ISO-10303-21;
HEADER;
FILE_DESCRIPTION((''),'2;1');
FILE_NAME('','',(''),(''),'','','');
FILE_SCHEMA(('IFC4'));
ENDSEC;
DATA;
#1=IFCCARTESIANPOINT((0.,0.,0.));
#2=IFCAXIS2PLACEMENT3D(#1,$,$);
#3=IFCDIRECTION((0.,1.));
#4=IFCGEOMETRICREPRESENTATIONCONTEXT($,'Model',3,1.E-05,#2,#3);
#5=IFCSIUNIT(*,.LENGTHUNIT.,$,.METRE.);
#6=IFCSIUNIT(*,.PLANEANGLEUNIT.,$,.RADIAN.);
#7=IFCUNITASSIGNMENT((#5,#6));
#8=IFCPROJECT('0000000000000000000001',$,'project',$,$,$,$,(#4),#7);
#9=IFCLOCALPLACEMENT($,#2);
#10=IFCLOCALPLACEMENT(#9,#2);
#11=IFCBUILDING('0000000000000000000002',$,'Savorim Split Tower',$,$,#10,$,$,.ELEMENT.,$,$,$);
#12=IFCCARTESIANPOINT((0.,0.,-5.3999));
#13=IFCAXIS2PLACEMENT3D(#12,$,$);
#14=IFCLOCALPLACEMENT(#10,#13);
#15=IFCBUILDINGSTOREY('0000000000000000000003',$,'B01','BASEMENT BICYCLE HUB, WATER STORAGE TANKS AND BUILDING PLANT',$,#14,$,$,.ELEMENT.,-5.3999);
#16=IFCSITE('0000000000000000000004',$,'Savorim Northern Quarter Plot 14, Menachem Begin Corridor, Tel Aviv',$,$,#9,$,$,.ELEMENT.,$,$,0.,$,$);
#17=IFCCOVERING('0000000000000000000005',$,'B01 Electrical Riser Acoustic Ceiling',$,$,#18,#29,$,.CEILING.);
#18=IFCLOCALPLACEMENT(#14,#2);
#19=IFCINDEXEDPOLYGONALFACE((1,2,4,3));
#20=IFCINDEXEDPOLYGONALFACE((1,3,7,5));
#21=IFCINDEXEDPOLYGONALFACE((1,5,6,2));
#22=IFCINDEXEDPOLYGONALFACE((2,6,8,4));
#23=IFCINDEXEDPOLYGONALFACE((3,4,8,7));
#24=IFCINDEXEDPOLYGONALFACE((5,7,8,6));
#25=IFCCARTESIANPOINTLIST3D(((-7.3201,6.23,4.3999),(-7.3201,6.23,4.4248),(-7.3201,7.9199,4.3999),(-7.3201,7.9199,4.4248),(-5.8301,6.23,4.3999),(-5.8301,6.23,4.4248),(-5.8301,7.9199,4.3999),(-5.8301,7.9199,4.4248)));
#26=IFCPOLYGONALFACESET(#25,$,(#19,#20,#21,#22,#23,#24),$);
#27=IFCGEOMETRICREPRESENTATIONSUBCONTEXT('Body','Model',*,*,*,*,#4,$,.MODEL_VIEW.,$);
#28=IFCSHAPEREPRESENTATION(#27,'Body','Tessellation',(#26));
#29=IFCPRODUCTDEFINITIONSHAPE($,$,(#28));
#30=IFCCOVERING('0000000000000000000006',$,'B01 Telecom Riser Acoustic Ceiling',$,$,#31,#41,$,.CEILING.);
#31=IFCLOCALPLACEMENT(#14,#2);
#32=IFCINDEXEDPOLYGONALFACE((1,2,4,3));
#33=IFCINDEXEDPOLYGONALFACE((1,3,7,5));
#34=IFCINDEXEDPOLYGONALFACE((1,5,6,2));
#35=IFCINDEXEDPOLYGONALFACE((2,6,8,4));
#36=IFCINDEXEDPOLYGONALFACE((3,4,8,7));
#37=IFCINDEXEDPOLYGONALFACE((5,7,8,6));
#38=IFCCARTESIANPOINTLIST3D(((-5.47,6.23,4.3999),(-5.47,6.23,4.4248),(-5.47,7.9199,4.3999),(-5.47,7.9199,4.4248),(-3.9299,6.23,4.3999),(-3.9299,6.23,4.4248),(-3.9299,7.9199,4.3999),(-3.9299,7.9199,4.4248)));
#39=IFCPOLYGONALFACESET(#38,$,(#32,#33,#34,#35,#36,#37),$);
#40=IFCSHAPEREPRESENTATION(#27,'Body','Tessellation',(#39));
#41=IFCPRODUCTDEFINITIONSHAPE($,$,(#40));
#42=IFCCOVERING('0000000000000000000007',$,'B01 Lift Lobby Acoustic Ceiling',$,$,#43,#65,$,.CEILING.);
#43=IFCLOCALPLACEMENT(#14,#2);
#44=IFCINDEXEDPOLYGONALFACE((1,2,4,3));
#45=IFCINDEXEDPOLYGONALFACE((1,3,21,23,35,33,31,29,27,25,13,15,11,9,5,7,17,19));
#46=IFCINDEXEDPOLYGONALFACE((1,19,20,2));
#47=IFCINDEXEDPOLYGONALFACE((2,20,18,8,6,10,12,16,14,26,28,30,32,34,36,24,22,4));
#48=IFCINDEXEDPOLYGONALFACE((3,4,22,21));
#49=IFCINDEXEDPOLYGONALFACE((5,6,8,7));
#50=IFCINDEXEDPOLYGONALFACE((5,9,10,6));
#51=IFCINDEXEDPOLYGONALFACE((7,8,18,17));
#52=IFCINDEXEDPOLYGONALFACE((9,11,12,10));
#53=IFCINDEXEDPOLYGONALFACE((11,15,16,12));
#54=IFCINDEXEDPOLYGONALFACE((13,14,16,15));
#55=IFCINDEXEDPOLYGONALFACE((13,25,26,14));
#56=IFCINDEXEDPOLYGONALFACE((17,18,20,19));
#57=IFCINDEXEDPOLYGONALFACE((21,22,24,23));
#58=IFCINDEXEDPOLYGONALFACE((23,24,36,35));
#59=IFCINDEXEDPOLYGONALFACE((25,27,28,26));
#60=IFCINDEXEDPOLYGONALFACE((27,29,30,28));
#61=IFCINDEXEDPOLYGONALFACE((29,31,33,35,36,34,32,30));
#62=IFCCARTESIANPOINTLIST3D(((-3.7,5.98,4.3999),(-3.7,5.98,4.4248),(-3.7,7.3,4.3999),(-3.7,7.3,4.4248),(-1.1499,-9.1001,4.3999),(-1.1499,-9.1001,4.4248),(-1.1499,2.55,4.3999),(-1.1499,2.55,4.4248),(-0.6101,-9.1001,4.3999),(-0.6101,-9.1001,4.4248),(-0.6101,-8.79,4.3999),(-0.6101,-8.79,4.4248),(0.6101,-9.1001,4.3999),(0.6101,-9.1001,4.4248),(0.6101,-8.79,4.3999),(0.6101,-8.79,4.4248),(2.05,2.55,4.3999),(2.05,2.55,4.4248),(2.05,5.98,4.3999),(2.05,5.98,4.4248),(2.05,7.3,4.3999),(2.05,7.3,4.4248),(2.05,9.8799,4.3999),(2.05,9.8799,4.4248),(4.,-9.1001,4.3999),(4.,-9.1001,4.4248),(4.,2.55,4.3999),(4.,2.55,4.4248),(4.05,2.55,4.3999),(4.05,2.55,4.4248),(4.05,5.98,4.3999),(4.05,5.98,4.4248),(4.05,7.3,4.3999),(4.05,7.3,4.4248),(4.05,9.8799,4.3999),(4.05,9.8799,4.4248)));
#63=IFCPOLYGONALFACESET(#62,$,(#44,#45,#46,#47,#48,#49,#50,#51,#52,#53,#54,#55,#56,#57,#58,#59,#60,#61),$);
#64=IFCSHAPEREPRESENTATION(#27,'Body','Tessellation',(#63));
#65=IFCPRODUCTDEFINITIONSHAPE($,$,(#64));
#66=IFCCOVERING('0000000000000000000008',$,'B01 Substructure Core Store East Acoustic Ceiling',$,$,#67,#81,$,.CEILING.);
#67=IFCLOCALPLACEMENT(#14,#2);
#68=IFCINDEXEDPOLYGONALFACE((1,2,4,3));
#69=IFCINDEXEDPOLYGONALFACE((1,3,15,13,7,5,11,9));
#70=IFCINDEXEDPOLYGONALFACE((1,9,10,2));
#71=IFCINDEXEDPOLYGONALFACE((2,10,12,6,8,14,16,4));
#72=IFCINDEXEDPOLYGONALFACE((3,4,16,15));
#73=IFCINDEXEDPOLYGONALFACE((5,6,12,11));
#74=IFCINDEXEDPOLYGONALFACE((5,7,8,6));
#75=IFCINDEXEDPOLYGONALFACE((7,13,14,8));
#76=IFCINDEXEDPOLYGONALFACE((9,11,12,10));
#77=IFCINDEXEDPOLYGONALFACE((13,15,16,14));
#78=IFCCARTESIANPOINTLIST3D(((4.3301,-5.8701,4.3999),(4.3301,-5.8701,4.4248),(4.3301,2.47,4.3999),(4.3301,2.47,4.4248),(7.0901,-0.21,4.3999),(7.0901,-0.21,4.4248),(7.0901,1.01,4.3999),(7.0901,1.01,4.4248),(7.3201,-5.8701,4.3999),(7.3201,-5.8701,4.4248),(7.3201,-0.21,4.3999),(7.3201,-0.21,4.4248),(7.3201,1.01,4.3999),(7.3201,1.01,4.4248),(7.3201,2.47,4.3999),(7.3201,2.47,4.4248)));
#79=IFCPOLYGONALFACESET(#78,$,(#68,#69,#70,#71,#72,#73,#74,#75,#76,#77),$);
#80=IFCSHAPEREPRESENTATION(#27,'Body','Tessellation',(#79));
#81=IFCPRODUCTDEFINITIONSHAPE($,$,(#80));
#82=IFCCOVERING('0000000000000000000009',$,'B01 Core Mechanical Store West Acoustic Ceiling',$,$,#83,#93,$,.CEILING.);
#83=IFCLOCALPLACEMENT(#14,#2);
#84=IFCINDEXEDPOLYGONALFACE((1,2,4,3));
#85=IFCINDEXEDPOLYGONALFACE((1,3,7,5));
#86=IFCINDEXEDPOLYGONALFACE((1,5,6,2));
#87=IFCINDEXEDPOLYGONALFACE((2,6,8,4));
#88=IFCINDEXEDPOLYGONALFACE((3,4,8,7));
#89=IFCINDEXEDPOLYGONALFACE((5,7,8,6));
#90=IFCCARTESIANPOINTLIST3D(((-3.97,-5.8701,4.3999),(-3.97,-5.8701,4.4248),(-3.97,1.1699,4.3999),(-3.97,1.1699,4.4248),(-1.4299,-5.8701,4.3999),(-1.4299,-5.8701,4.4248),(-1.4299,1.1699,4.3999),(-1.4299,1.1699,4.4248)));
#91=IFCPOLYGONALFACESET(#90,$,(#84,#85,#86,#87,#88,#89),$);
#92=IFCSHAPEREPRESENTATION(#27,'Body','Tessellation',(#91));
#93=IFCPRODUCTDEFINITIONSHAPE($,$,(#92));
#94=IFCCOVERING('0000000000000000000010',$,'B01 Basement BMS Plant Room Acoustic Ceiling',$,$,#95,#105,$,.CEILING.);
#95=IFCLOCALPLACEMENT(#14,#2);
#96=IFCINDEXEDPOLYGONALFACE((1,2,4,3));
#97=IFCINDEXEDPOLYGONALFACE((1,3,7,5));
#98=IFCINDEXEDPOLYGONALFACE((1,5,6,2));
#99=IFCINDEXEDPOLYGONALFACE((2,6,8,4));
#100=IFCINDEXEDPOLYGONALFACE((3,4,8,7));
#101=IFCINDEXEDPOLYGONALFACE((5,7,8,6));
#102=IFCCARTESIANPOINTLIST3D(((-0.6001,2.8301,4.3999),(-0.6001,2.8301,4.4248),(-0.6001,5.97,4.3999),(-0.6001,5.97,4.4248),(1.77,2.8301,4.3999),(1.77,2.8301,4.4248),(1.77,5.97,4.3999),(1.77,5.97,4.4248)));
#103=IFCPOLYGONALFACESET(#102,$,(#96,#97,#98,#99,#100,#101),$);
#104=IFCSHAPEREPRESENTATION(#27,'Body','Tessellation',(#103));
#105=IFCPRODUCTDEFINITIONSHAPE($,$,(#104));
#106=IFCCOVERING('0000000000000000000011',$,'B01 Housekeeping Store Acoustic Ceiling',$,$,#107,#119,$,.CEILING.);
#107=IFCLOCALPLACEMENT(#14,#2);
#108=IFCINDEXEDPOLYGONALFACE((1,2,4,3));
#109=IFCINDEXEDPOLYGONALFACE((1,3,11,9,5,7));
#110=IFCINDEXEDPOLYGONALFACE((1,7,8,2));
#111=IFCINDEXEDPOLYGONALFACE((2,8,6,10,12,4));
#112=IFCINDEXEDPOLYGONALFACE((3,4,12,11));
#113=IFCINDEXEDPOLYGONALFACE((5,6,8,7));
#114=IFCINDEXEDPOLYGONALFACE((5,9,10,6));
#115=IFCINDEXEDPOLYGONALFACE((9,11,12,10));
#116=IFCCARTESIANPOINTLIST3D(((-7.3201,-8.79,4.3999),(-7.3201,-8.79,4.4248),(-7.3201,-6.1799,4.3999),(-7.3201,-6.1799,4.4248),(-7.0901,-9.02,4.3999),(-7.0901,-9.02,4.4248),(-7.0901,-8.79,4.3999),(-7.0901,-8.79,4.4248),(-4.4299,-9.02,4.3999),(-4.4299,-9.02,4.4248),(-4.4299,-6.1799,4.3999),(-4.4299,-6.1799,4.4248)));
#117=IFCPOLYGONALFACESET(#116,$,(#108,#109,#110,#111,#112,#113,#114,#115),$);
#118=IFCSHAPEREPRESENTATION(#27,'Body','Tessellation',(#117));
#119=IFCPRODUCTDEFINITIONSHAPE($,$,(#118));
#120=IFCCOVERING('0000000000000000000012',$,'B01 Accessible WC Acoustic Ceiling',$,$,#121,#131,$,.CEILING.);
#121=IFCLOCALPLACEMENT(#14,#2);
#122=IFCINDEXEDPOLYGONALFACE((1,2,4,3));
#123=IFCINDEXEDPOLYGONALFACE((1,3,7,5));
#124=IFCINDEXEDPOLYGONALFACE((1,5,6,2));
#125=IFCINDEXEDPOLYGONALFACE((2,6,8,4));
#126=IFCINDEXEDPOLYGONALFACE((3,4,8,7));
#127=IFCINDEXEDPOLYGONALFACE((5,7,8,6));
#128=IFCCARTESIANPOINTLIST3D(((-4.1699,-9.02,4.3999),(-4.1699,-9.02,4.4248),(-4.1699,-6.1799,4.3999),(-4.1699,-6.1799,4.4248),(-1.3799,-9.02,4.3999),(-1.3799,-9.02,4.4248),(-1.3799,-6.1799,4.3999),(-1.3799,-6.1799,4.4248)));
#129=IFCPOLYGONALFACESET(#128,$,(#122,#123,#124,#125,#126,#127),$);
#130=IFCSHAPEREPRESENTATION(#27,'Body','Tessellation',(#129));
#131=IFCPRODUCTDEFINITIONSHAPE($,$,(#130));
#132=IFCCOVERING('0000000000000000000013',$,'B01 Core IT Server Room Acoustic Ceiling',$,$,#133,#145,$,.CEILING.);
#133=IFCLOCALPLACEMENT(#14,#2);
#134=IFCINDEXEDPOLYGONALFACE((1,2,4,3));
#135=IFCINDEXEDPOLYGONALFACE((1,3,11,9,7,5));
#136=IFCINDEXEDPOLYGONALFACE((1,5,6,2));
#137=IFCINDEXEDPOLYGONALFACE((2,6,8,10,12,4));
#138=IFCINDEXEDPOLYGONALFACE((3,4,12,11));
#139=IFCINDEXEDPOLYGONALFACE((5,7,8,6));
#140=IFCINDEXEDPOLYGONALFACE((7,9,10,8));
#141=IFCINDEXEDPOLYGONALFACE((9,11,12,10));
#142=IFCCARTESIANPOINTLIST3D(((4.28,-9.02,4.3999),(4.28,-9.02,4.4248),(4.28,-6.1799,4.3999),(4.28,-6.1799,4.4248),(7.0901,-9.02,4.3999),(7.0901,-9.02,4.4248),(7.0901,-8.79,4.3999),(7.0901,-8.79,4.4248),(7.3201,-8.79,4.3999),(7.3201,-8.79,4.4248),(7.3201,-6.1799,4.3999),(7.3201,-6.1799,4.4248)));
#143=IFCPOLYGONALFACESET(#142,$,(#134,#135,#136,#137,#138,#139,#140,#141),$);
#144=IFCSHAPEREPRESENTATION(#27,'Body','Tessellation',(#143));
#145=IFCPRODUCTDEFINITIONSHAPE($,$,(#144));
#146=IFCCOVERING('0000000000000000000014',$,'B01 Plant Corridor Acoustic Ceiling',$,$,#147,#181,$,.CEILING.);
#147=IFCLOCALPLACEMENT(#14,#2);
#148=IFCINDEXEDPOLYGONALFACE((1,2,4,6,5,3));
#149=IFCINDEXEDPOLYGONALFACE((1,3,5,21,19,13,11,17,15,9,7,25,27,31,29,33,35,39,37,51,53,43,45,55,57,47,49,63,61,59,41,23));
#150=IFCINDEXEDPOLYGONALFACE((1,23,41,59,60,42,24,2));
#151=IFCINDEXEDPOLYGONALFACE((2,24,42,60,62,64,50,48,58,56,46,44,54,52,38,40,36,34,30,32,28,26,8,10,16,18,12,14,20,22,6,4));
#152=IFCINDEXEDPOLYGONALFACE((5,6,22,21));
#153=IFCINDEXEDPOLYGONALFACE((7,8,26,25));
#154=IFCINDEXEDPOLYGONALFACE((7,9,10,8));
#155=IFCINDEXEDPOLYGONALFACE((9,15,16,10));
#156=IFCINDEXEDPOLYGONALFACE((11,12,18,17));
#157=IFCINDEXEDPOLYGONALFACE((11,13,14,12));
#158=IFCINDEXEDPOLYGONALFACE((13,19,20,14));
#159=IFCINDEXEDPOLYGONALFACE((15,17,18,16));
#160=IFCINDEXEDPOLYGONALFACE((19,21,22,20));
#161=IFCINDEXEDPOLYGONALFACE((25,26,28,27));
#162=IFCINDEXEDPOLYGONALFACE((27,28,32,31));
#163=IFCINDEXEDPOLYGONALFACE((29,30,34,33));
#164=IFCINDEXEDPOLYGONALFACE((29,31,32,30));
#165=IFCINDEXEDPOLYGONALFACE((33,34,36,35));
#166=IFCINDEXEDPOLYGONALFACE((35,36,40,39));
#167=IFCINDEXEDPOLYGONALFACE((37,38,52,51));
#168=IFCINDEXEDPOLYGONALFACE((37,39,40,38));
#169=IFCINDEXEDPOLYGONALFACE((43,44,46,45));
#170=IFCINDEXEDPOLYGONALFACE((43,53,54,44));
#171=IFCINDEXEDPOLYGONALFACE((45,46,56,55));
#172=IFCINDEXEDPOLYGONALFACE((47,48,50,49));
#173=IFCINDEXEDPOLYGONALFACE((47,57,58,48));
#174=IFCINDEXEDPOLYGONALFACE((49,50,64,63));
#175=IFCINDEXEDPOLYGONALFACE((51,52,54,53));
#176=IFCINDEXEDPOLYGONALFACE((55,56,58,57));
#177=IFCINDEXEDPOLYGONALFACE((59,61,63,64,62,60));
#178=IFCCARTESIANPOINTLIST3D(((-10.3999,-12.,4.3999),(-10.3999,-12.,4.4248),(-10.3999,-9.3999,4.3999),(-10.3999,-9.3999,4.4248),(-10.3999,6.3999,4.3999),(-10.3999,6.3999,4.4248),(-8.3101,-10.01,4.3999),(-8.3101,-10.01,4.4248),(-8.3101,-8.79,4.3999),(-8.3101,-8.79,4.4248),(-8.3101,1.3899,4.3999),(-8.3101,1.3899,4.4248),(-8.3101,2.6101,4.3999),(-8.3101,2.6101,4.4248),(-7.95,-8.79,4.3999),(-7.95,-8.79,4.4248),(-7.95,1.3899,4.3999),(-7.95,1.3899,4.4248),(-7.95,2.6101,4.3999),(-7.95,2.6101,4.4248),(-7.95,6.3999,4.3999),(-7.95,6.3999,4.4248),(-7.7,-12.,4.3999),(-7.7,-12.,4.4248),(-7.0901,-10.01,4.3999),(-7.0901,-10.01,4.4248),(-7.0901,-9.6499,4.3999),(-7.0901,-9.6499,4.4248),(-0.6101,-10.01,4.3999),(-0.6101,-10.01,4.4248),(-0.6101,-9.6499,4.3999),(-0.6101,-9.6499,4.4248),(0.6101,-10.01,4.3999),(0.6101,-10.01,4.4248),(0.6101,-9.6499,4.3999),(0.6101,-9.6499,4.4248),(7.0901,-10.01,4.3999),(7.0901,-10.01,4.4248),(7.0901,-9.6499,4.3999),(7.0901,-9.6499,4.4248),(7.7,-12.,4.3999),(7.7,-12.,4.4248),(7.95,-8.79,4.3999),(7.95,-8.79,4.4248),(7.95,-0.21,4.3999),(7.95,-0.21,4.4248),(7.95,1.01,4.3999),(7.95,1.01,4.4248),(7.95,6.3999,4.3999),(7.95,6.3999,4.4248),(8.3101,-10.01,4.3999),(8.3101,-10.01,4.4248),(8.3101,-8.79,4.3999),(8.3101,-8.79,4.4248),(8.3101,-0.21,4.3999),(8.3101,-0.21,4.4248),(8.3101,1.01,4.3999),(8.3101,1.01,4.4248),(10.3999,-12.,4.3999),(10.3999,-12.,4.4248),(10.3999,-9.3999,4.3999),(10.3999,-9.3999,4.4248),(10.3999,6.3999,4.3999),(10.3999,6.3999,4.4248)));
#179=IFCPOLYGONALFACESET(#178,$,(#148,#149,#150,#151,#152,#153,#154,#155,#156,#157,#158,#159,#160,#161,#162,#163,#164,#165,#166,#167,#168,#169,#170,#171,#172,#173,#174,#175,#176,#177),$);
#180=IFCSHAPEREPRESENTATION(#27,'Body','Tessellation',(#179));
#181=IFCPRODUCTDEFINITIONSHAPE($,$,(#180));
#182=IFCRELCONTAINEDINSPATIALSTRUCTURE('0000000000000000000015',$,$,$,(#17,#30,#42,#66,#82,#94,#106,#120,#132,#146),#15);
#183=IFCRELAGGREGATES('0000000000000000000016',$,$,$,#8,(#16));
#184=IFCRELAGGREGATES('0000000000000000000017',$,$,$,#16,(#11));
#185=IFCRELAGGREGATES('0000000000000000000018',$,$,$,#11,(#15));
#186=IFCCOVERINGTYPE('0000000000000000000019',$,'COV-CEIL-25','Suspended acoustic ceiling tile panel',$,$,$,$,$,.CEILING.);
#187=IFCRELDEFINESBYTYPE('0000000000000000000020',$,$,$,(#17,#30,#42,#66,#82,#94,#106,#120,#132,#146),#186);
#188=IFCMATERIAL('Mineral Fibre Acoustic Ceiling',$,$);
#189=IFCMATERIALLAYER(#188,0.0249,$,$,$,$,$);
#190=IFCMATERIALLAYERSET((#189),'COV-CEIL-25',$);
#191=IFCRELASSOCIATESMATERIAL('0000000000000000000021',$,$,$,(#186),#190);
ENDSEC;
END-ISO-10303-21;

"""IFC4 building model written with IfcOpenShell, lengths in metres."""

from ifc_helpers import new_model, si_unit, direction, frame, origin, place, context, subcontext, project, spatial, polyline, outline, extrude, material, layer, layer_set, type_object, element, save


model = new_model("IFC4")

# Units and contexts
model_context = context("Model", 3, precision=1e-05, world=origin(), true_north=direction((0.0, 1.0)))
body_context = subcontext(model_context, "Body", "Model", "MODEL_VIEW")
ifc_project = project(units=[si_unit("LENGTHUNIT", "METRE"), si_unit("PLANEANGLEUNIT", "RADIAN")], contexts=[model_context])

# Site, building, storey
site_placement = place(None, origin())
site = spatial("IfcSite", under=ifc_project, at=site_placement, Name="Savorim Northern Quarter Plot 14, Menachem Begin Corridor, Tel Aviv", CompositionType="ELEMENT", RefElevation=0.0)
building_placement = place(site_placement, origin())
building = spatial("IfcBuilding", under=site, at=building_placement, Name="Savorim Split Tower", CompositionType="ELEMENT")
storey_placement = place(building_placement, frame((0.0, 0.0, -5.3999)))
storey = spatial("IfcBuildingStorey", under=building, at=storey_placement, Name="B01", Description="BASEMENT BICYCLE HUB, WATER STORAGE TANKS AND BUILDING PLANT", CompositionType="ELEMENT", Elevation=-5.3999)

# Coverings
ifc_material_1 = material(Name="Mineral Fibre Acoustic Ceiling")
ifc_layer_1 = layer(ifc_material_1, 0.0249)
ifc_layer_set_1 = layer_set([ifc_layer_1], Name="COV-CEIL-25")
covering_type_1 = type_object("IfcCoveringType", Name="COV-CEIL-25", Description="Suspended acoustic ceiling tile panel", PredefinedType="CEILING", material=ifc_layer_set_1)
covering_1_placement = place(storey_placement, frame((0.0, 0.0, 4.3999)))
element("IfcCovering", 1, at=covering_1_placement, inside=storey, type_object=covering_type_1, Name="B01 Electrical Riser Acoustic Ceiling", PredefinedType="CEILING", context=body_context, shape_type="SweptSolid", body=[
    extrude(outline(polyline([(-7.3201, 7.9199), (-7.3201, 6.23), (-5.8301, 6.23), (-5.8301, 7.9199), (-7.3201, 7.9199)])), origin(), (0.0, 0.0, 1.0), 0.0249),
])
covering_2_placement = place(storey_placement, frame((0.0, 0.0, 4.3999)))
element("IfcCovering", 2, at=covering_2_placement, inside=storey, type_object=covering_type_1, Name="B01 Telecom Riser Acoustic Ceiling", PredefinedType="CEILING", context=body_context, shape_type="SweptSolid", body=[
    extrude(outline(polyline([(-5.47, 7.9199), (-5.47, 6.23), (-3.9299, 6.23), (-3.9299, 7.9199), (-5.47, 7.9199)])), origin(), (0.0, 0.0, 1.0), 0.0249),
])
covering_3_placement = place(storey_placement, frame((0.0, 0.0, 4.3999)))
element("IfcCovering", 3, at=covering_3_placement, inside=storey, type_object=covering_type_1, Name="B01 Lift Lobby Acoustic Ceiling", PredefinedType="CEILING", context=body_context, shape_type="SweptSolid", body=[
    extrude(outline(polyline([(2.05, 2.55), (-1.1499, 2.55), (-1.1499, -9.1001), (-0.6101, -9.1001), (-0.6101, -8.79), (0.6101, -8.79), (0.6101, -9.1001), (4.0, -9.1001), (4.0, 2.55), (4.05, 2.55), (4.05, 5.98), (4.05, 7.3), (4.05, 9.8799), (2.05, 9.8799), (2.05, 7.3), (-3.7, 7.3), (-3.7, 5.98), (2.05, 5.98), (2.05, 2.55)])), origin(), (0.0, 0.0, 1.0), 0.0249),
])
covering_4_placement = place(storey_placement, frame((0.0, 0.0, 4.3999)))
element("IfcCovering", 4, at=covering_4_placement, inside=storey, type_object=covering_type_1, Name="B01 Substructure Core Store East Acoustic Ceiling", PredefinedType="CEILING", context=body_context, shape_type="SweptSolid", body=[
    extrude(outline(polyline([(4.3301, -5.8701), (7.3201, -5.8701), (7.3201, -0.21), (7.0901, -0.21), (7.0901, 1.01), (7.3201, 1.01), (7.3201, 2.47), (4.3301, 2.47), (4.3301, -5.8701)])), origin(), (0.0, 0.0, 1.0), 0.0249),
])
covering_5_placement = place(storey_placement, frame((0.0, 0.0, 4.3999)))
element("IfcCovering", 5, at=covering_5_placement, inside=storey, type_object=covering_type_1, Name="B01 Core Mechanical Store West Acoustic Ceiling", PredefinedType="CEILING", context=body_context, shape_type="SweptSolid", body=[
    extrude(outline(polyline([(-3.97, 1.1699), (-3.97, -5.8701), (-1.4299, -5.8701), (-1.4299, 1.1699), (-3.97, 1.1699)])), origin(), (0.0, 0.0, 1.0), 0.0249),
])
covering_6_placement = place(storey_placement, frame((0.0, 0.0, 4.3999)))
element("IfcCovering", 6, at=covering_6_placement, inside=storey, type_object=covering_type_1, Name="B01 Basement BMS Plant Room Acoustic Ceiling", PredefinedType="CEILING", context=body_context, shape_type="SweptSolid", body=[
    extrude(outline(polyline([(1.77, 5.97), (-0.6001, 5.97), (-0.6001, 2.8301), (1.77, 2.8301), (1.77, 5.97)])), origin(), (0.0, 0.0, 1.0), 0.0249),
])
covering_7_placement = place(storey_placement, frame((0.0, 0.0, 4.3999)))
element("IfcCovering", 7, at=covering_7_placement, inside=storey, type_object=covering_type_1, Name="B01 Housekeeping Store Acoustic Ceiling", PredefinedType="CEILING", context=body_context, shape_type="SweptSolid", body=[
    extrude(outline(polyline([(-4.4299, -6.1799), (-7.3201, -6.1799), (-7.3201, -8.79), (-7.0901, -8.79), (-7.0901, -9.02), (-4.4299, -9.02), (-4.4299, -6.1799)])), origin(), (0.0, 0.0, 1.0), 0.0249),
])
covering_8_placement = place(storey_placement, frame((0.0, 0.0, 4.3999)))
element("IfcCovering", 8, at=covering_8_placement, inside=storey, type_object=covering_type_1, Name="B01 Accessible WC Acoustic Ceiling", PredefinedType="CEILING", context=body_context, shape_type="SweptSolid", body=[
    extrude(outline(polyline([(-4.1699, -6.1799), (-4.1699, -9.02), (-1.3799, -9.02), (-1.3799, -6.1799), (-4.1699, -6.1799)])), origin(), (0.0, 0.0, 1.0), 0.0249),
])
covering_9_placement = place(storey_placement, frame((0.0, 0.0, 4.3999)))
element("IfcCovering", 9, at=covering_9_placement, inside=storey, type_object=covering_type_1, Name="B01 Core IT Server Room Acoustic Ceiling", PredefinedType="CEILING", context=body_context, shape_type="SweptSolid", body=[
    extrude(outline(polyline([(4.28, -6.1799), (4.28, -9.02), (7.0901, -9.02), (7.0901, -8.79), (7.3201, -8.79), (7.3201, -6.1799), (4.28, -6.1799)])), origin(), (0.0, 0.0, 1.0), 0.0249),
])
covering_10_placement = place(storey_placement, frame((0.0, 0.0, 4.3999)))
element("IfcCovering", 10, at=covering_10_placement, inside=storey, type_object=covering_type_1, Name="B01 Plant Corridor Acoustic Ceiling", PredefinedType="CEILING", context=body_context, shape_type="SweptSolid", body=[
    extrude(outline(polyline([(-10.3999, -12.0), (-7.7, -12.0), (7.7, -12.0), (10.3999, -12.0), (10.3999, -9.3999), (10.3999, 6.3999), (7.95, 6.3999), (7.95, 1.01), (8.3101, 1.01), (8.3101, -0.21), (7.95, -0.21), (7.95, -8.79), (8.3101, -8.79), (8.3101, -10.01), (7.0901, -10.01), (7.0901, -9.6499), (0.6101, -9.6499), (0.6101, -10.01), (-0.6101, -10.01), (-0.6101, -9.6499), (-7.0901, -9.6499), (-7.0901, -10.01), (-8.3101, -10.01), (-8.3101, -8.79), (-7.95, -8.79), (-7.95, 1.3899), (-8.3101, 1.3899), (-8.3101, 2.6101), (-7.95, 2.6101), (-7.95, 6.3999), (-10.3999, 6.3999), (-10.3999, -9.3999), (-10.3999, -12.0)])), origin(), (0.0, 0.0, 1.0), 0.0249),
])

save(model, "model.ifc")
